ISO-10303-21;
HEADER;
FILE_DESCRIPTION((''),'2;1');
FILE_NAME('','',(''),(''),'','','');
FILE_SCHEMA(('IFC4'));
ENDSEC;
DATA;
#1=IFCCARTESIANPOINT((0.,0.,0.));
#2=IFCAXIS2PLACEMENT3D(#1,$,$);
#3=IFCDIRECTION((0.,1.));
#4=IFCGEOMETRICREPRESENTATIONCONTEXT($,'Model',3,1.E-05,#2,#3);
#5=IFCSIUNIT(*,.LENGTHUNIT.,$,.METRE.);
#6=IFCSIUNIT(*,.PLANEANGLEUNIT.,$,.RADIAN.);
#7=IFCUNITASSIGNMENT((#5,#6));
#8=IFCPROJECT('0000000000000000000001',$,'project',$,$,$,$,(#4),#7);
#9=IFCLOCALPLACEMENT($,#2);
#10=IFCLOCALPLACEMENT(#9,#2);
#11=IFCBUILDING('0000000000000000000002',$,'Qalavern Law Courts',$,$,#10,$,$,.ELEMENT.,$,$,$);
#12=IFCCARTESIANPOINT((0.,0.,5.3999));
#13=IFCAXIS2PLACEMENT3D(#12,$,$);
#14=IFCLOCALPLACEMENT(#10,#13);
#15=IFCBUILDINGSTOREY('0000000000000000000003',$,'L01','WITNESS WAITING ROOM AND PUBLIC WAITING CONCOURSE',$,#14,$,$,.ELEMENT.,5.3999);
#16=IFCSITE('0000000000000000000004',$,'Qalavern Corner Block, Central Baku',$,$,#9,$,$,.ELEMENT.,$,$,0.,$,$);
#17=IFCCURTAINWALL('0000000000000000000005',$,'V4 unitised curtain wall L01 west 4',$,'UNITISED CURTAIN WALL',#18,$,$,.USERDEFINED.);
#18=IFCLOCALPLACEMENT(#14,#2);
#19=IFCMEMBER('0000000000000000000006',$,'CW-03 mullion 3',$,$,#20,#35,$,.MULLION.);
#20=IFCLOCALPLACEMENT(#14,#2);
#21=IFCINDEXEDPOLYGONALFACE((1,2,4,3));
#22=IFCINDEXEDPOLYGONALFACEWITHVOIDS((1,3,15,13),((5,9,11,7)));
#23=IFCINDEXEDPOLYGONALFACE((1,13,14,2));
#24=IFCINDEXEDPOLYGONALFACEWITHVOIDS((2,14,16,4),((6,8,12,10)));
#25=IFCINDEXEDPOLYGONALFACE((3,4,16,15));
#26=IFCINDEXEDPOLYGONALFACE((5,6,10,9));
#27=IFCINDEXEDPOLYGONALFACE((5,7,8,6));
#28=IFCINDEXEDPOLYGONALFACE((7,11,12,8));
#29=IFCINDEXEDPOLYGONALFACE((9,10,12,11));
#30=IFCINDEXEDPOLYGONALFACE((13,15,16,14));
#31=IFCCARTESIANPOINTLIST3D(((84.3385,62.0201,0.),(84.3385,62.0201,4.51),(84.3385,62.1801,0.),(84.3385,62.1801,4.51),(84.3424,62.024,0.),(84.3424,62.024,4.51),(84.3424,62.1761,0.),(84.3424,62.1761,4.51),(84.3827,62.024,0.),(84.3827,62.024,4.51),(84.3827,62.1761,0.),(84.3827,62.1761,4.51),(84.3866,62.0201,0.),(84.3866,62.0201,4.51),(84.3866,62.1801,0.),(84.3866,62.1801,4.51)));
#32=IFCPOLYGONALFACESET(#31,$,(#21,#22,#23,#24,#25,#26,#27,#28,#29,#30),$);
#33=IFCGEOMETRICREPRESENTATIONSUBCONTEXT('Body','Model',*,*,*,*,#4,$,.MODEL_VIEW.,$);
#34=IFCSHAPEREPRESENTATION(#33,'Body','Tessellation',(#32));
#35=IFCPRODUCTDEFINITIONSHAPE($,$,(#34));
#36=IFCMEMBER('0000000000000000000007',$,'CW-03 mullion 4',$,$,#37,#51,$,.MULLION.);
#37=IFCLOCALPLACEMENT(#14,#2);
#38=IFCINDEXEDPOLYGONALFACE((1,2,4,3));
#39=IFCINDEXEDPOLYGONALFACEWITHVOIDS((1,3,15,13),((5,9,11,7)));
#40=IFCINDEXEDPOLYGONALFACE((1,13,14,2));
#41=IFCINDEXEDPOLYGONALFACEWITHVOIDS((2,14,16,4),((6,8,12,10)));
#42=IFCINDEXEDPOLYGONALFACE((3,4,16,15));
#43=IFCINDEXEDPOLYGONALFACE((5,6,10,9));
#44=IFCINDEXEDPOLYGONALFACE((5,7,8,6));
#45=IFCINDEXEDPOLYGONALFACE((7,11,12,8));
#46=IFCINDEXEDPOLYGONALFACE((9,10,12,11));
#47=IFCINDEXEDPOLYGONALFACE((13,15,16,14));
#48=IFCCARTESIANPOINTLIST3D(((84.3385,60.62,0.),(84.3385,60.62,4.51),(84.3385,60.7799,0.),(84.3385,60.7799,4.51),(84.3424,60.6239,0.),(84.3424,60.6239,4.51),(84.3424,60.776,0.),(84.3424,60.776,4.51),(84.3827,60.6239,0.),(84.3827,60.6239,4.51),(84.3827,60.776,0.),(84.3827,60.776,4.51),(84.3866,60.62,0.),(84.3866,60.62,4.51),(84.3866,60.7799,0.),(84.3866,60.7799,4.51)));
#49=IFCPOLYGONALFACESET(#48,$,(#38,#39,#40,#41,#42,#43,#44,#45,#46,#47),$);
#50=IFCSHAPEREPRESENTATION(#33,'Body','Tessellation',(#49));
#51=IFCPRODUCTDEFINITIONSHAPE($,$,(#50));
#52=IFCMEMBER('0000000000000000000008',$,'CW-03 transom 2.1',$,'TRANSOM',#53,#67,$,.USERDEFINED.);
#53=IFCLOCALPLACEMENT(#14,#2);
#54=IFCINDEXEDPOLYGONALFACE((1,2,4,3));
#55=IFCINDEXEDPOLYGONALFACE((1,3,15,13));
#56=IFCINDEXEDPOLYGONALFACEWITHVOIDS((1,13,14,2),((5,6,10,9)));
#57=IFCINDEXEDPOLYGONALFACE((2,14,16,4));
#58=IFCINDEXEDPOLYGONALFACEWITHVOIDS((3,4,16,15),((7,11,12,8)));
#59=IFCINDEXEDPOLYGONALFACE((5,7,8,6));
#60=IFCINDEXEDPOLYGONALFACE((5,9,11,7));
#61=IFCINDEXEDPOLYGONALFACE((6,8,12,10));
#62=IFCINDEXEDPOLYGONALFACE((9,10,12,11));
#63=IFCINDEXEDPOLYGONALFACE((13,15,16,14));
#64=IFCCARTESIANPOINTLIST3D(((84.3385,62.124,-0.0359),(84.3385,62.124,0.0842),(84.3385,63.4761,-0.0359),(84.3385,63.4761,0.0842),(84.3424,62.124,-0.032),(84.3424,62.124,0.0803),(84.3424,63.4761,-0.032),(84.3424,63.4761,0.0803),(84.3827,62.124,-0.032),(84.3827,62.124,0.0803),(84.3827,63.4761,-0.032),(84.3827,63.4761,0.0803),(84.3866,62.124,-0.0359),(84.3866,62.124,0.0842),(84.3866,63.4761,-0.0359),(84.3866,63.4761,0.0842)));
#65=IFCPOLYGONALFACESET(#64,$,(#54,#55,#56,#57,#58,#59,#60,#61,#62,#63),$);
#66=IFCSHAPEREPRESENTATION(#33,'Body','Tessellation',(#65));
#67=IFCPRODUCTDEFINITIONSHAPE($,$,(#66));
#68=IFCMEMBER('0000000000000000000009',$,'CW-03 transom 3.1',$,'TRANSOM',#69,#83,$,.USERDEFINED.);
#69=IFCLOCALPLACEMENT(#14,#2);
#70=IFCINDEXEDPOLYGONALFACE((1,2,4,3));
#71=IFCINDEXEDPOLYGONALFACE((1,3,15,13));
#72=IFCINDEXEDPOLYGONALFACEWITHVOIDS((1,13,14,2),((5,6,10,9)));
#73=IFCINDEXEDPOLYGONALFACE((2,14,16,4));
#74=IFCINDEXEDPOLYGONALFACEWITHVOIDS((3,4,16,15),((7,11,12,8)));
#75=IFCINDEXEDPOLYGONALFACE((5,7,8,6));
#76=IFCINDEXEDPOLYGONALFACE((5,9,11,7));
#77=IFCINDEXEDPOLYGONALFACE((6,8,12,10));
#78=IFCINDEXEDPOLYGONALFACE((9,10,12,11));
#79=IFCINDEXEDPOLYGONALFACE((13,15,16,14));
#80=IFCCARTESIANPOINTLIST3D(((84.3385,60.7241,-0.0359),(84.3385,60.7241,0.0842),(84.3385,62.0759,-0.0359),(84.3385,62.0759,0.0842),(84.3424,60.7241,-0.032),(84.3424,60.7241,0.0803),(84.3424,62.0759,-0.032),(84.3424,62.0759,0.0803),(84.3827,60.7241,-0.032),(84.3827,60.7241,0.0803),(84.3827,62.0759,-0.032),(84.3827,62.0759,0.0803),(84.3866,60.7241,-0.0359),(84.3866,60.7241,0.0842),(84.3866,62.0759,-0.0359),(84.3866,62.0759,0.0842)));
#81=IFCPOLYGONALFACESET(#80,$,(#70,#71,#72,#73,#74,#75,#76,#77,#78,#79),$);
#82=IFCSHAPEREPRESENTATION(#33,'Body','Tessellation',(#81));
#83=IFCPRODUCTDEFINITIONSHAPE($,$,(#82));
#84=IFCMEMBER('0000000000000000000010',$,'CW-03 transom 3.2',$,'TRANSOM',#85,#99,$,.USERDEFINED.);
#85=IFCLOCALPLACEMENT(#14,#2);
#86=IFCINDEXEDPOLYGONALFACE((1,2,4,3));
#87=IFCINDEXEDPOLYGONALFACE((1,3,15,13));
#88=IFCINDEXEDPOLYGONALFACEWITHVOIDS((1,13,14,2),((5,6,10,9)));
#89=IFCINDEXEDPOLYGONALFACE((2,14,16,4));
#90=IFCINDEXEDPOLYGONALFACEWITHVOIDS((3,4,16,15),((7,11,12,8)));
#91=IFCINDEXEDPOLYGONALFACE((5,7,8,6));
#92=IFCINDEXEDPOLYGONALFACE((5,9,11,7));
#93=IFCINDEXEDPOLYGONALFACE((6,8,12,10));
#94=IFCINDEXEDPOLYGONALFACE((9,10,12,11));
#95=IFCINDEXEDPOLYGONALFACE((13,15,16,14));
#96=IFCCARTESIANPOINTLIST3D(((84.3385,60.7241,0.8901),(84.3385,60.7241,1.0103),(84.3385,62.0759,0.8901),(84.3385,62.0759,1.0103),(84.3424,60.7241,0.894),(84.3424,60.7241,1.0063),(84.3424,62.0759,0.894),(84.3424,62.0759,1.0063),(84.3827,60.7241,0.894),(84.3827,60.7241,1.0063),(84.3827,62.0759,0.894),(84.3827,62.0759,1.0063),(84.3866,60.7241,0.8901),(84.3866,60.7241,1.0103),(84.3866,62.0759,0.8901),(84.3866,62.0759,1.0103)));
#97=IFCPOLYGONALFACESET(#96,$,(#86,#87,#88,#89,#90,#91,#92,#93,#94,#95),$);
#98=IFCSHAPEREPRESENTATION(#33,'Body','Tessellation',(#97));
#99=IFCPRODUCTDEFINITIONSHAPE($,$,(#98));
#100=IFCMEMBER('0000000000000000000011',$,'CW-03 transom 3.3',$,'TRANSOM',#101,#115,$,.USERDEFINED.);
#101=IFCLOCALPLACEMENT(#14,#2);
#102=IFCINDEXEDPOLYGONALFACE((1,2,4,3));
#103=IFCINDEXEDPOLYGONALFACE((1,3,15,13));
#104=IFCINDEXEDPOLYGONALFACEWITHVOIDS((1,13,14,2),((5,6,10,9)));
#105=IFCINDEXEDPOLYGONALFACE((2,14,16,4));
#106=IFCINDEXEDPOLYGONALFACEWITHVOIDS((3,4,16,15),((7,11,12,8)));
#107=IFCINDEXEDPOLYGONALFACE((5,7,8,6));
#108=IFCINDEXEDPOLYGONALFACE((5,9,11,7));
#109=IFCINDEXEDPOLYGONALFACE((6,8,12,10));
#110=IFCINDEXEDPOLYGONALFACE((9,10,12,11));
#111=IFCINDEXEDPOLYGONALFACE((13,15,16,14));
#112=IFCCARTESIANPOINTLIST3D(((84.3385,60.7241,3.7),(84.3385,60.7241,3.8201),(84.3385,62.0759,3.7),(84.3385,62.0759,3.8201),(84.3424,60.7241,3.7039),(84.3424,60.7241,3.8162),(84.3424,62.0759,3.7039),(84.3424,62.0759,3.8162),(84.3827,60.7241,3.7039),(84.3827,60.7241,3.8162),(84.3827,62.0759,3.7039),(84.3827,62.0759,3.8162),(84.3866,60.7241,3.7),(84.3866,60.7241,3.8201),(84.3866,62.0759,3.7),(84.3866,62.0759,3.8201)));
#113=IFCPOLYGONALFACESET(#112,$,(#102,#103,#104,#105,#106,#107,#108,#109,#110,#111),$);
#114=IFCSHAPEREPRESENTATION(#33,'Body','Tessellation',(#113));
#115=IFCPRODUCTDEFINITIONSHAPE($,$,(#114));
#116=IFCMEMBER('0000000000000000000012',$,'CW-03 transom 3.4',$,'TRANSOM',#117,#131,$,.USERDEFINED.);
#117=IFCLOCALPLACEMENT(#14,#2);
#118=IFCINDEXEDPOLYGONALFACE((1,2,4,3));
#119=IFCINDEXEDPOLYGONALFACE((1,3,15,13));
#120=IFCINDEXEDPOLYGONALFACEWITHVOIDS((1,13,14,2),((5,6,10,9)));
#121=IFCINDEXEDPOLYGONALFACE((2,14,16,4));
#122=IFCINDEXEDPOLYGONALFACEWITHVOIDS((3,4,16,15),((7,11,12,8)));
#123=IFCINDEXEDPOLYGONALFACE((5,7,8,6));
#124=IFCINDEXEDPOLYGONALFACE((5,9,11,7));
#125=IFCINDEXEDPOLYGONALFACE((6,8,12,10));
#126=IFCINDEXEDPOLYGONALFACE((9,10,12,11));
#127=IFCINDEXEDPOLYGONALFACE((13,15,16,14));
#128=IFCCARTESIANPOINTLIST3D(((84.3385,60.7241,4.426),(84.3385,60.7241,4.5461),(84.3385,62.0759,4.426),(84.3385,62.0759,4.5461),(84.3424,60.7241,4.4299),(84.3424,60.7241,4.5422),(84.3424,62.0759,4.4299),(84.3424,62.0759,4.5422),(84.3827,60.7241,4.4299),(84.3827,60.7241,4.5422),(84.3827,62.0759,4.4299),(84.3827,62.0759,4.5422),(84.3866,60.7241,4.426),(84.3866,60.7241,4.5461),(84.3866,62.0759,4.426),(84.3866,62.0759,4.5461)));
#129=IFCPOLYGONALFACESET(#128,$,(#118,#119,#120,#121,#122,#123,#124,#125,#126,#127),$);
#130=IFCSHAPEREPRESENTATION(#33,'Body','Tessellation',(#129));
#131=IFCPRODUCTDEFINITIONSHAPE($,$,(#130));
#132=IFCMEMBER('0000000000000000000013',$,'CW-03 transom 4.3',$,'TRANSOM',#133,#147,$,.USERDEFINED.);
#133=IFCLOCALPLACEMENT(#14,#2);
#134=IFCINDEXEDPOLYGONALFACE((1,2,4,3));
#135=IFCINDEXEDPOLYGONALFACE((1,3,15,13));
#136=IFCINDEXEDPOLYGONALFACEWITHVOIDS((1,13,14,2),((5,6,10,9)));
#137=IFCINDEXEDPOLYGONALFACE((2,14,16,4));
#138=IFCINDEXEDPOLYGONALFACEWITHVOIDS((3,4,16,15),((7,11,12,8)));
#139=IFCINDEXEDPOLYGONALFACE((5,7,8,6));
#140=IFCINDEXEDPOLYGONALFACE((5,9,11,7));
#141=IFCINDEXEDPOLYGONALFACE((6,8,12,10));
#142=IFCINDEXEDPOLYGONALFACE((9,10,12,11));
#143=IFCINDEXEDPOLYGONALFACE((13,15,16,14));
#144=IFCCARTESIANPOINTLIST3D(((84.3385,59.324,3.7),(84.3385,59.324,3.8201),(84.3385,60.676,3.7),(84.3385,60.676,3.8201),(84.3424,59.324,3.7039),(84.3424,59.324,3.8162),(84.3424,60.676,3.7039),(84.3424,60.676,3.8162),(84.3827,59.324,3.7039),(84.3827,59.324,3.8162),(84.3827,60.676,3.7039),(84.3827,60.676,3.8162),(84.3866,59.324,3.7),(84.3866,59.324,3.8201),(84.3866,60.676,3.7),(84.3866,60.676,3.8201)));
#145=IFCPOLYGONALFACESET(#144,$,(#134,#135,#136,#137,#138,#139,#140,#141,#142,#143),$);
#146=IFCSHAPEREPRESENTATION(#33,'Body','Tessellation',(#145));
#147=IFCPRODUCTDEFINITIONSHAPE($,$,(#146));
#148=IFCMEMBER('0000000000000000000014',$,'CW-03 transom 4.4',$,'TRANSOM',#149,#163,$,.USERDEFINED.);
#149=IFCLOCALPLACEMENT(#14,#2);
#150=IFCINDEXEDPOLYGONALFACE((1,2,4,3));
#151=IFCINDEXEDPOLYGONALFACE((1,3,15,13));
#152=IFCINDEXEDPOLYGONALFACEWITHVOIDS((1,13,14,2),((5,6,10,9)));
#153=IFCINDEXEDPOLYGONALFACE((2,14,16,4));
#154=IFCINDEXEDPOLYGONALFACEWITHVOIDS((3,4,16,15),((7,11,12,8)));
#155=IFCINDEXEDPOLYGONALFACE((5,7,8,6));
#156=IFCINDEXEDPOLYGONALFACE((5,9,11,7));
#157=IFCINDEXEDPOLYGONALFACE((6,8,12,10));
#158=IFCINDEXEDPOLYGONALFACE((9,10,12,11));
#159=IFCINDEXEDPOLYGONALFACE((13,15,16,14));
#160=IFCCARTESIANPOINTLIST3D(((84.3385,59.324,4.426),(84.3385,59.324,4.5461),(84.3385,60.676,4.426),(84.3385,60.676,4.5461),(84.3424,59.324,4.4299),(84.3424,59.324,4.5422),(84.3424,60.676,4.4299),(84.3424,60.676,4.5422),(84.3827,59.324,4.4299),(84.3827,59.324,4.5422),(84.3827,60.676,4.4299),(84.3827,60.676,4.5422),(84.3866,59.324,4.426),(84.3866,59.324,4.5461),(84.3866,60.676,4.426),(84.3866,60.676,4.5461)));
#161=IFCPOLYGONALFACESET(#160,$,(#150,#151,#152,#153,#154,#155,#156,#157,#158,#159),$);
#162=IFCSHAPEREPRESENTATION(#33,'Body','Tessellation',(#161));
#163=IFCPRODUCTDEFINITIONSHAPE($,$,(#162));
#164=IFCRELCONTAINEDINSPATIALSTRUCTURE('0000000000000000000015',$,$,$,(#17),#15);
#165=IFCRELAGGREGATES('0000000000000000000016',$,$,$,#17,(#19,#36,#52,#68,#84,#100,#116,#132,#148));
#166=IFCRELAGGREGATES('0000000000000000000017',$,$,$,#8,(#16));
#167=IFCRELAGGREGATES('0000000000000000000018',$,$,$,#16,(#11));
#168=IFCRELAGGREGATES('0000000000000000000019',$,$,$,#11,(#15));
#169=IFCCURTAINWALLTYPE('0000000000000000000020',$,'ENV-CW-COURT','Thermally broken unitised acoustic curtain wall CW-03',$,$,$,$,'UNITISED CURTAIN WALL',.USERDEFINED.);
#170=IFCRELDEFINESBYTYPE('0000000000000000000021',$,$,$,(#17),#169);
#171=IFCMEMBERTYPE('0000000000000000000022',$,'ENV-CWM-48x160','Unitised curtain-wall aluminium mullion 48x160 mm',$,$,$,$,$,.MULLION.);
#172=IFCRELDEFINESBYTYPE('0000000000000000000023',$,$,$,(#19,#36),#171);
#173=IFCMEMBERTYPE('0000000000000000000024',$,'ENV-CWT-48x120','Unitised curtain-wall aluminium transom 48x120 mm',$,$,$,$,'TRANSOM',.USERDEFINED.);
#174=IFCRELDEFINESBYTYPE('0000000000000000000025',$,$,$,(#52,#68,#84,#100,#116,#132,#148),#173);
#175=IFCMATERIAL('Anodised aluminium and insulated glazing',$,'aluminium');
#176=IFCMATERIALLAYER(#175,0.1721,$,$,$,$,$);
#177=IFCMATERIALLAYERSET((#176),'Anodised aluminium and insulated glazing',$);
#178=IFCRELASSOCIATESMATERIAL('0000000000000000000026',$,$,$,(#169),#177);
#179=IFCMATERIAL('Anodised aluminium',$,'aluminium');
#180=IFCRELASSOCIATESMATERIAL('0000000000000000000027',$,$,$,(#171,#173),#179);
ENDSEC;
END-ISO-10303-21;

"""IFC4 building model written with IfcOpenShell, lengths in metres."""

from ifc_helpers import new_model, si_unit, direction, frame, origin, origin_2d, place, context, subcontext, project, spatial, hollow_rectangle, extrude, material, layer, layer_set, material_profile, profile_set, type_object, element, aggregate, save


model = new_model("IFC4")

# Units and contexts
model_context = context("Model", 3, precision=1e-05, world=origin(), true_north=direction((0.0, 1.0)))
body_context = subcontext(model_context, "Body", "Model", "MODEL_VIEW")
ifc_project = project(units=[si_unit("LENGTHUNIT", "METRE"), si_unit("PLANEANGLEUNIT", "RADIAN")], contexts=[model_context])

# Site, building, storey
site_placement = place(None, origin())
site = spatial("IfcSite", under=ifc_project, at=site_placement, Name="Qalavern Corner Block, Central Baku", CompositionType="ELEMENT", RefElevation=0.0)
building_placement = place(site_placement, origin())
building = spatial("IfcBuilding", under=site, at=building_placement, Name="Qalavern Law Courts", CompositionType="ELEMENT")
storey_placement = place(building_placement, frame((0.0, 0.0, 5.3999)))
storey = spatial("IfcBuildingStorey", under=building, at=storey_placement, Name="L01", Description="WITNESS WAITING ROOM AND PUBLIC WAITING CONCOURSE", CompositionType="ELEMENT", Elevation=5.3999)

# Curtain wall, members
ifc_material_1 = material(Name="Anodised aluminium and insulated glazing", Category="aluminium")
ifc_layer_1 = layer(ifc_material_1, 0.1721)
ifc_layer_set_1 = layer_set([ifc_layer_1], Name="Anodised aluminium and insulated glazing")
curtain_wall_type = type_object("IfcCurtainWallType", Name="ENV-CW-COURT", Description="Thermally broken unitised acoustic curtain wall CW-03", ElementType="UNITISED CURTAIN WALL", PredefinedType="USERDEFINED", material=ifc_layer_set_1)
curtain_wall_placement = place(storey_placement, origin())
curtain_wall = element("IfcCurtainWall", 1, at=curtain_wall_placement, inside=storey, type_object=curtain_wall_type, Name="V4 unitised curtain wall L01 west 4", ObjectType="UNITISED CURTAIN WALL", PredefinedType="USERDEFINED")
ifc_material_2 = material(Name="Anodised aluminium", Category="aluminium")
ifc_material_profile_1 = material_profile(ifc_material_2, hollow_rectangle(XDim=0.0481, YDim=0.1599, WallThickness=0.0039, at=origin_2d()), Name="ALU MULLION 48x160")
ifc_profile_set_1 = profile_set([ifc_material_profile_1], Name="Anodised aluminium")
member_type_1 = type_object("IfcMemberType", Name="ENV-CWM-48x160", Description="Unitised curtain-wall aluminium mullion 48x160 mm", PredefinedType="MULLION", material=ifc_profile_set_1)
member_1_placement = place(storey_placement, frame((84.3625, 62.1001, 0.0), z_axis=(0.0, 0.0, 1.0), x_axis=(1.0, 0.0, 0.0)))
member_1 = element("IfcMember", 2, at=member_1_placement, type_object=member_type_1, Name="CW-03 mullion 3", PredefinedType="MULLION", context=body_context, shape_type="SweptSolid", body=[
    extrude(hollow_rectangle(XDim=0.0481, YDim=0.1599, WallThickness=0.0039, at=origin_2d()), origin(), (0.0, 0.0, 1.0), 4.51),
])
member_2_placement = place(storey_placement, frame((84.3625, 60.7, 0.0), z_axis=(0.0, 0.0, 1.0), x_axis=(1.0, 0.0, 0.0)))
member_2 = element("IfcMember", 3, at=member_2_placement, type_object=member_type_1, Name="CW-03 mullion 4", PredefinedType="MULLION", context=body_context, shape_type="SweptSolid", body=[
    extrude(hollow_rectangle(XDim=0.0481, YDim=0.1599, WallThickness=0.0039, at=origin_2d()), origin(), (0.0, 0.0, 1.0), 4.51),
])
ifc_material_profile_2 = material_profile(ifc_material_2, hollow_rectangle(XDim=0.0481, YDim=0.1201, WallThickness=0.0039, at=origin_2d()), Name="ALU TRANSOM 48x120")
ifc_profile_set_2 = profile_set([ifc_material_profile_2], Name="Anodised aluminium")
member_type_2 = type_object("IfcMemberType", Name="ENV-CWT-48x120", Description="Unitised curtain-wall aluminium transom 48x120 mm", ElementType="TRANSOM", PredefinedType="USERDEFINED", material=ifc_profile_set_2)
member_3_placement = place(storey_placement, frame((84.3625, 63.4761, 0.0242), z_axis=(0.0, -1.0, 0.0), x_axis=(1.0, 0.0, 0.0)))
member_3 = element("IfcMember", 4, at=member_3_placement, type_object=member_type_2, Name="CW-03 transom 2.1", ObjectType="TRANSOM", PredefinedType="USERDEFINED", context=body_context, shape_type="SweptSolid", body=[
    extrude(hollow_rectangle(XDim=0.0481, YDim=0.1201, WallThickness=0.0039, at=origin_2d()), origin(), (0.0, 0.0, 1.0), 1.3521),
])
member_4_placement = place(storey_placement, frame((84.3625, 62.0759, 0.0242), z_axis=(0.0, -1.0, 0.0), x_axis=(1.0, 0.0, 0.0)))
member_4 = element("IfcMember", 5, at=member_4_placement, type_object=member_type_2, Name="CW-03 transom 3.1", ObjectType="TRANSOM", PredefinedType="USERDEFINED", context=body_context, shape_type="SweptSolid", body=[
    extrude(hollow_rectangle(XDim=0.0481, YDim=0.1201, WallThickness=0.0039, at=origin_2d()), origin(), (0.0, 0.0, 1.0), 1.3518),
])
member_5_placement = place(storey_placement, frame((84.3625, 62.0759, 0.9502), z_axis=(0.0, -1.0, 0.0), x_axis=(1.0, 0.0, 0.0)))
member_5 = element("IfcMember", 6, at=member_5_placement, type_object=member_type_2, Name="CW-03 transom 3.2", ObjectType="TRANSOM", PredefinedType="USERDEFINED", context=body_context, shape_type="SweptSolid", body=[
    extrude(hollow_rectangle(XDim=0.0481, YDim=0.1201, WallThickness=0.0039, at=origin_2d()), origin(), (0.0, 0.0, 1.0), 1.3518),
])
member_6_placement = place(storey_placement, frame((84.3625, 62.0759, 3.76), z_axis=(0.0, -1.0, 0.0), x_axis=(1.0, 0.0, 0.0)))
member_6 = element("IfcMember", 7, at=member_6_placement, type_object=member_type_2, Name="CW-03 transom 3.3", ObjectType="TRANSOM", PredefinedType="USERDEFINED", context=body_context, shape_type="SweptSolid", body=[
    extrude(hollow_rectangle(XDim=0.0481, YDim=0.1201, WallThickness=0.0039, at=origin_2d()), origin(), (0.0, 0.0, 1.0), 1.3518),
])
member_7_placement = place(storey_placement, frame((84.3625, 62.0759, 4.4861), z_axis=(0.0, -1.0, 0.0), x_axis=(1.0, 0.0, 0.0)))
member_7 = element("IfcMember", 8, at=member_7_placement, type_object=member_type_2, Name="CW-03 transom 3.4", ObjectType="TRANSOM", PredefinedType="USERDEFINED", context=body_context, shape_type="SweptSolid", body=[
    extrude(hollow_rectangle(XDim=0.0481, YDim=0.1201, WallThickness=0.0039, at=origin_2d()), origin(), (0.0, 0.0, 1.0), 1.3518),
])
member_8_placement = place(storey_placement, frame((84.3625, 60.676, 3.76), z_axis=(0.0, -1.0, 0.0), x_axis=(1.0, 0.0, 0.0)))
member_8 = element("IfcMember", 9, at=member_8_placement, type_object=member_type_2, Name="CW-03 transom 4.3", ObjectType="TRANSOM", PredefinedType="USERDEFINED", context=body_context, shape_type="SweptSolid", body=[
    extrude(hollow_rectangle(XDim=0.0481, YDim=0.1201, WallThickness=0.0039, at=origin_2d()), origin(), (0.0, 0.0, 1.0), 1.3521),
])
member_9_placement = place(storey_placement, frame((84.3625, 60.676, 4.4861), z_axis=(0.0, -1.0, 0.0), x_axis=(1.0, 0.0, 0.0)))
member_9 = element("IfcMember", 10, at=member_9_placement, type_object=member_type_2, Name="CW-03 transom 4.4", ObjectType="TRANSOM", PredefinedType="USERDEFINED", context=body_context, shape_type="SweptSolid", body=[
    extrude(hollow_rectangle(XDim=0.0481, YDim=0.1201, WallThickness=0.0039, at=origin_2d()), origin(), (0.0, 0.0, 1.0), 1.3521),
])

aggregate(curtain_wall, [member_1, member_2, member_3, member_4, member_5, member_6, member_7, member_8, member_9])

save(model, "model.ifc")
